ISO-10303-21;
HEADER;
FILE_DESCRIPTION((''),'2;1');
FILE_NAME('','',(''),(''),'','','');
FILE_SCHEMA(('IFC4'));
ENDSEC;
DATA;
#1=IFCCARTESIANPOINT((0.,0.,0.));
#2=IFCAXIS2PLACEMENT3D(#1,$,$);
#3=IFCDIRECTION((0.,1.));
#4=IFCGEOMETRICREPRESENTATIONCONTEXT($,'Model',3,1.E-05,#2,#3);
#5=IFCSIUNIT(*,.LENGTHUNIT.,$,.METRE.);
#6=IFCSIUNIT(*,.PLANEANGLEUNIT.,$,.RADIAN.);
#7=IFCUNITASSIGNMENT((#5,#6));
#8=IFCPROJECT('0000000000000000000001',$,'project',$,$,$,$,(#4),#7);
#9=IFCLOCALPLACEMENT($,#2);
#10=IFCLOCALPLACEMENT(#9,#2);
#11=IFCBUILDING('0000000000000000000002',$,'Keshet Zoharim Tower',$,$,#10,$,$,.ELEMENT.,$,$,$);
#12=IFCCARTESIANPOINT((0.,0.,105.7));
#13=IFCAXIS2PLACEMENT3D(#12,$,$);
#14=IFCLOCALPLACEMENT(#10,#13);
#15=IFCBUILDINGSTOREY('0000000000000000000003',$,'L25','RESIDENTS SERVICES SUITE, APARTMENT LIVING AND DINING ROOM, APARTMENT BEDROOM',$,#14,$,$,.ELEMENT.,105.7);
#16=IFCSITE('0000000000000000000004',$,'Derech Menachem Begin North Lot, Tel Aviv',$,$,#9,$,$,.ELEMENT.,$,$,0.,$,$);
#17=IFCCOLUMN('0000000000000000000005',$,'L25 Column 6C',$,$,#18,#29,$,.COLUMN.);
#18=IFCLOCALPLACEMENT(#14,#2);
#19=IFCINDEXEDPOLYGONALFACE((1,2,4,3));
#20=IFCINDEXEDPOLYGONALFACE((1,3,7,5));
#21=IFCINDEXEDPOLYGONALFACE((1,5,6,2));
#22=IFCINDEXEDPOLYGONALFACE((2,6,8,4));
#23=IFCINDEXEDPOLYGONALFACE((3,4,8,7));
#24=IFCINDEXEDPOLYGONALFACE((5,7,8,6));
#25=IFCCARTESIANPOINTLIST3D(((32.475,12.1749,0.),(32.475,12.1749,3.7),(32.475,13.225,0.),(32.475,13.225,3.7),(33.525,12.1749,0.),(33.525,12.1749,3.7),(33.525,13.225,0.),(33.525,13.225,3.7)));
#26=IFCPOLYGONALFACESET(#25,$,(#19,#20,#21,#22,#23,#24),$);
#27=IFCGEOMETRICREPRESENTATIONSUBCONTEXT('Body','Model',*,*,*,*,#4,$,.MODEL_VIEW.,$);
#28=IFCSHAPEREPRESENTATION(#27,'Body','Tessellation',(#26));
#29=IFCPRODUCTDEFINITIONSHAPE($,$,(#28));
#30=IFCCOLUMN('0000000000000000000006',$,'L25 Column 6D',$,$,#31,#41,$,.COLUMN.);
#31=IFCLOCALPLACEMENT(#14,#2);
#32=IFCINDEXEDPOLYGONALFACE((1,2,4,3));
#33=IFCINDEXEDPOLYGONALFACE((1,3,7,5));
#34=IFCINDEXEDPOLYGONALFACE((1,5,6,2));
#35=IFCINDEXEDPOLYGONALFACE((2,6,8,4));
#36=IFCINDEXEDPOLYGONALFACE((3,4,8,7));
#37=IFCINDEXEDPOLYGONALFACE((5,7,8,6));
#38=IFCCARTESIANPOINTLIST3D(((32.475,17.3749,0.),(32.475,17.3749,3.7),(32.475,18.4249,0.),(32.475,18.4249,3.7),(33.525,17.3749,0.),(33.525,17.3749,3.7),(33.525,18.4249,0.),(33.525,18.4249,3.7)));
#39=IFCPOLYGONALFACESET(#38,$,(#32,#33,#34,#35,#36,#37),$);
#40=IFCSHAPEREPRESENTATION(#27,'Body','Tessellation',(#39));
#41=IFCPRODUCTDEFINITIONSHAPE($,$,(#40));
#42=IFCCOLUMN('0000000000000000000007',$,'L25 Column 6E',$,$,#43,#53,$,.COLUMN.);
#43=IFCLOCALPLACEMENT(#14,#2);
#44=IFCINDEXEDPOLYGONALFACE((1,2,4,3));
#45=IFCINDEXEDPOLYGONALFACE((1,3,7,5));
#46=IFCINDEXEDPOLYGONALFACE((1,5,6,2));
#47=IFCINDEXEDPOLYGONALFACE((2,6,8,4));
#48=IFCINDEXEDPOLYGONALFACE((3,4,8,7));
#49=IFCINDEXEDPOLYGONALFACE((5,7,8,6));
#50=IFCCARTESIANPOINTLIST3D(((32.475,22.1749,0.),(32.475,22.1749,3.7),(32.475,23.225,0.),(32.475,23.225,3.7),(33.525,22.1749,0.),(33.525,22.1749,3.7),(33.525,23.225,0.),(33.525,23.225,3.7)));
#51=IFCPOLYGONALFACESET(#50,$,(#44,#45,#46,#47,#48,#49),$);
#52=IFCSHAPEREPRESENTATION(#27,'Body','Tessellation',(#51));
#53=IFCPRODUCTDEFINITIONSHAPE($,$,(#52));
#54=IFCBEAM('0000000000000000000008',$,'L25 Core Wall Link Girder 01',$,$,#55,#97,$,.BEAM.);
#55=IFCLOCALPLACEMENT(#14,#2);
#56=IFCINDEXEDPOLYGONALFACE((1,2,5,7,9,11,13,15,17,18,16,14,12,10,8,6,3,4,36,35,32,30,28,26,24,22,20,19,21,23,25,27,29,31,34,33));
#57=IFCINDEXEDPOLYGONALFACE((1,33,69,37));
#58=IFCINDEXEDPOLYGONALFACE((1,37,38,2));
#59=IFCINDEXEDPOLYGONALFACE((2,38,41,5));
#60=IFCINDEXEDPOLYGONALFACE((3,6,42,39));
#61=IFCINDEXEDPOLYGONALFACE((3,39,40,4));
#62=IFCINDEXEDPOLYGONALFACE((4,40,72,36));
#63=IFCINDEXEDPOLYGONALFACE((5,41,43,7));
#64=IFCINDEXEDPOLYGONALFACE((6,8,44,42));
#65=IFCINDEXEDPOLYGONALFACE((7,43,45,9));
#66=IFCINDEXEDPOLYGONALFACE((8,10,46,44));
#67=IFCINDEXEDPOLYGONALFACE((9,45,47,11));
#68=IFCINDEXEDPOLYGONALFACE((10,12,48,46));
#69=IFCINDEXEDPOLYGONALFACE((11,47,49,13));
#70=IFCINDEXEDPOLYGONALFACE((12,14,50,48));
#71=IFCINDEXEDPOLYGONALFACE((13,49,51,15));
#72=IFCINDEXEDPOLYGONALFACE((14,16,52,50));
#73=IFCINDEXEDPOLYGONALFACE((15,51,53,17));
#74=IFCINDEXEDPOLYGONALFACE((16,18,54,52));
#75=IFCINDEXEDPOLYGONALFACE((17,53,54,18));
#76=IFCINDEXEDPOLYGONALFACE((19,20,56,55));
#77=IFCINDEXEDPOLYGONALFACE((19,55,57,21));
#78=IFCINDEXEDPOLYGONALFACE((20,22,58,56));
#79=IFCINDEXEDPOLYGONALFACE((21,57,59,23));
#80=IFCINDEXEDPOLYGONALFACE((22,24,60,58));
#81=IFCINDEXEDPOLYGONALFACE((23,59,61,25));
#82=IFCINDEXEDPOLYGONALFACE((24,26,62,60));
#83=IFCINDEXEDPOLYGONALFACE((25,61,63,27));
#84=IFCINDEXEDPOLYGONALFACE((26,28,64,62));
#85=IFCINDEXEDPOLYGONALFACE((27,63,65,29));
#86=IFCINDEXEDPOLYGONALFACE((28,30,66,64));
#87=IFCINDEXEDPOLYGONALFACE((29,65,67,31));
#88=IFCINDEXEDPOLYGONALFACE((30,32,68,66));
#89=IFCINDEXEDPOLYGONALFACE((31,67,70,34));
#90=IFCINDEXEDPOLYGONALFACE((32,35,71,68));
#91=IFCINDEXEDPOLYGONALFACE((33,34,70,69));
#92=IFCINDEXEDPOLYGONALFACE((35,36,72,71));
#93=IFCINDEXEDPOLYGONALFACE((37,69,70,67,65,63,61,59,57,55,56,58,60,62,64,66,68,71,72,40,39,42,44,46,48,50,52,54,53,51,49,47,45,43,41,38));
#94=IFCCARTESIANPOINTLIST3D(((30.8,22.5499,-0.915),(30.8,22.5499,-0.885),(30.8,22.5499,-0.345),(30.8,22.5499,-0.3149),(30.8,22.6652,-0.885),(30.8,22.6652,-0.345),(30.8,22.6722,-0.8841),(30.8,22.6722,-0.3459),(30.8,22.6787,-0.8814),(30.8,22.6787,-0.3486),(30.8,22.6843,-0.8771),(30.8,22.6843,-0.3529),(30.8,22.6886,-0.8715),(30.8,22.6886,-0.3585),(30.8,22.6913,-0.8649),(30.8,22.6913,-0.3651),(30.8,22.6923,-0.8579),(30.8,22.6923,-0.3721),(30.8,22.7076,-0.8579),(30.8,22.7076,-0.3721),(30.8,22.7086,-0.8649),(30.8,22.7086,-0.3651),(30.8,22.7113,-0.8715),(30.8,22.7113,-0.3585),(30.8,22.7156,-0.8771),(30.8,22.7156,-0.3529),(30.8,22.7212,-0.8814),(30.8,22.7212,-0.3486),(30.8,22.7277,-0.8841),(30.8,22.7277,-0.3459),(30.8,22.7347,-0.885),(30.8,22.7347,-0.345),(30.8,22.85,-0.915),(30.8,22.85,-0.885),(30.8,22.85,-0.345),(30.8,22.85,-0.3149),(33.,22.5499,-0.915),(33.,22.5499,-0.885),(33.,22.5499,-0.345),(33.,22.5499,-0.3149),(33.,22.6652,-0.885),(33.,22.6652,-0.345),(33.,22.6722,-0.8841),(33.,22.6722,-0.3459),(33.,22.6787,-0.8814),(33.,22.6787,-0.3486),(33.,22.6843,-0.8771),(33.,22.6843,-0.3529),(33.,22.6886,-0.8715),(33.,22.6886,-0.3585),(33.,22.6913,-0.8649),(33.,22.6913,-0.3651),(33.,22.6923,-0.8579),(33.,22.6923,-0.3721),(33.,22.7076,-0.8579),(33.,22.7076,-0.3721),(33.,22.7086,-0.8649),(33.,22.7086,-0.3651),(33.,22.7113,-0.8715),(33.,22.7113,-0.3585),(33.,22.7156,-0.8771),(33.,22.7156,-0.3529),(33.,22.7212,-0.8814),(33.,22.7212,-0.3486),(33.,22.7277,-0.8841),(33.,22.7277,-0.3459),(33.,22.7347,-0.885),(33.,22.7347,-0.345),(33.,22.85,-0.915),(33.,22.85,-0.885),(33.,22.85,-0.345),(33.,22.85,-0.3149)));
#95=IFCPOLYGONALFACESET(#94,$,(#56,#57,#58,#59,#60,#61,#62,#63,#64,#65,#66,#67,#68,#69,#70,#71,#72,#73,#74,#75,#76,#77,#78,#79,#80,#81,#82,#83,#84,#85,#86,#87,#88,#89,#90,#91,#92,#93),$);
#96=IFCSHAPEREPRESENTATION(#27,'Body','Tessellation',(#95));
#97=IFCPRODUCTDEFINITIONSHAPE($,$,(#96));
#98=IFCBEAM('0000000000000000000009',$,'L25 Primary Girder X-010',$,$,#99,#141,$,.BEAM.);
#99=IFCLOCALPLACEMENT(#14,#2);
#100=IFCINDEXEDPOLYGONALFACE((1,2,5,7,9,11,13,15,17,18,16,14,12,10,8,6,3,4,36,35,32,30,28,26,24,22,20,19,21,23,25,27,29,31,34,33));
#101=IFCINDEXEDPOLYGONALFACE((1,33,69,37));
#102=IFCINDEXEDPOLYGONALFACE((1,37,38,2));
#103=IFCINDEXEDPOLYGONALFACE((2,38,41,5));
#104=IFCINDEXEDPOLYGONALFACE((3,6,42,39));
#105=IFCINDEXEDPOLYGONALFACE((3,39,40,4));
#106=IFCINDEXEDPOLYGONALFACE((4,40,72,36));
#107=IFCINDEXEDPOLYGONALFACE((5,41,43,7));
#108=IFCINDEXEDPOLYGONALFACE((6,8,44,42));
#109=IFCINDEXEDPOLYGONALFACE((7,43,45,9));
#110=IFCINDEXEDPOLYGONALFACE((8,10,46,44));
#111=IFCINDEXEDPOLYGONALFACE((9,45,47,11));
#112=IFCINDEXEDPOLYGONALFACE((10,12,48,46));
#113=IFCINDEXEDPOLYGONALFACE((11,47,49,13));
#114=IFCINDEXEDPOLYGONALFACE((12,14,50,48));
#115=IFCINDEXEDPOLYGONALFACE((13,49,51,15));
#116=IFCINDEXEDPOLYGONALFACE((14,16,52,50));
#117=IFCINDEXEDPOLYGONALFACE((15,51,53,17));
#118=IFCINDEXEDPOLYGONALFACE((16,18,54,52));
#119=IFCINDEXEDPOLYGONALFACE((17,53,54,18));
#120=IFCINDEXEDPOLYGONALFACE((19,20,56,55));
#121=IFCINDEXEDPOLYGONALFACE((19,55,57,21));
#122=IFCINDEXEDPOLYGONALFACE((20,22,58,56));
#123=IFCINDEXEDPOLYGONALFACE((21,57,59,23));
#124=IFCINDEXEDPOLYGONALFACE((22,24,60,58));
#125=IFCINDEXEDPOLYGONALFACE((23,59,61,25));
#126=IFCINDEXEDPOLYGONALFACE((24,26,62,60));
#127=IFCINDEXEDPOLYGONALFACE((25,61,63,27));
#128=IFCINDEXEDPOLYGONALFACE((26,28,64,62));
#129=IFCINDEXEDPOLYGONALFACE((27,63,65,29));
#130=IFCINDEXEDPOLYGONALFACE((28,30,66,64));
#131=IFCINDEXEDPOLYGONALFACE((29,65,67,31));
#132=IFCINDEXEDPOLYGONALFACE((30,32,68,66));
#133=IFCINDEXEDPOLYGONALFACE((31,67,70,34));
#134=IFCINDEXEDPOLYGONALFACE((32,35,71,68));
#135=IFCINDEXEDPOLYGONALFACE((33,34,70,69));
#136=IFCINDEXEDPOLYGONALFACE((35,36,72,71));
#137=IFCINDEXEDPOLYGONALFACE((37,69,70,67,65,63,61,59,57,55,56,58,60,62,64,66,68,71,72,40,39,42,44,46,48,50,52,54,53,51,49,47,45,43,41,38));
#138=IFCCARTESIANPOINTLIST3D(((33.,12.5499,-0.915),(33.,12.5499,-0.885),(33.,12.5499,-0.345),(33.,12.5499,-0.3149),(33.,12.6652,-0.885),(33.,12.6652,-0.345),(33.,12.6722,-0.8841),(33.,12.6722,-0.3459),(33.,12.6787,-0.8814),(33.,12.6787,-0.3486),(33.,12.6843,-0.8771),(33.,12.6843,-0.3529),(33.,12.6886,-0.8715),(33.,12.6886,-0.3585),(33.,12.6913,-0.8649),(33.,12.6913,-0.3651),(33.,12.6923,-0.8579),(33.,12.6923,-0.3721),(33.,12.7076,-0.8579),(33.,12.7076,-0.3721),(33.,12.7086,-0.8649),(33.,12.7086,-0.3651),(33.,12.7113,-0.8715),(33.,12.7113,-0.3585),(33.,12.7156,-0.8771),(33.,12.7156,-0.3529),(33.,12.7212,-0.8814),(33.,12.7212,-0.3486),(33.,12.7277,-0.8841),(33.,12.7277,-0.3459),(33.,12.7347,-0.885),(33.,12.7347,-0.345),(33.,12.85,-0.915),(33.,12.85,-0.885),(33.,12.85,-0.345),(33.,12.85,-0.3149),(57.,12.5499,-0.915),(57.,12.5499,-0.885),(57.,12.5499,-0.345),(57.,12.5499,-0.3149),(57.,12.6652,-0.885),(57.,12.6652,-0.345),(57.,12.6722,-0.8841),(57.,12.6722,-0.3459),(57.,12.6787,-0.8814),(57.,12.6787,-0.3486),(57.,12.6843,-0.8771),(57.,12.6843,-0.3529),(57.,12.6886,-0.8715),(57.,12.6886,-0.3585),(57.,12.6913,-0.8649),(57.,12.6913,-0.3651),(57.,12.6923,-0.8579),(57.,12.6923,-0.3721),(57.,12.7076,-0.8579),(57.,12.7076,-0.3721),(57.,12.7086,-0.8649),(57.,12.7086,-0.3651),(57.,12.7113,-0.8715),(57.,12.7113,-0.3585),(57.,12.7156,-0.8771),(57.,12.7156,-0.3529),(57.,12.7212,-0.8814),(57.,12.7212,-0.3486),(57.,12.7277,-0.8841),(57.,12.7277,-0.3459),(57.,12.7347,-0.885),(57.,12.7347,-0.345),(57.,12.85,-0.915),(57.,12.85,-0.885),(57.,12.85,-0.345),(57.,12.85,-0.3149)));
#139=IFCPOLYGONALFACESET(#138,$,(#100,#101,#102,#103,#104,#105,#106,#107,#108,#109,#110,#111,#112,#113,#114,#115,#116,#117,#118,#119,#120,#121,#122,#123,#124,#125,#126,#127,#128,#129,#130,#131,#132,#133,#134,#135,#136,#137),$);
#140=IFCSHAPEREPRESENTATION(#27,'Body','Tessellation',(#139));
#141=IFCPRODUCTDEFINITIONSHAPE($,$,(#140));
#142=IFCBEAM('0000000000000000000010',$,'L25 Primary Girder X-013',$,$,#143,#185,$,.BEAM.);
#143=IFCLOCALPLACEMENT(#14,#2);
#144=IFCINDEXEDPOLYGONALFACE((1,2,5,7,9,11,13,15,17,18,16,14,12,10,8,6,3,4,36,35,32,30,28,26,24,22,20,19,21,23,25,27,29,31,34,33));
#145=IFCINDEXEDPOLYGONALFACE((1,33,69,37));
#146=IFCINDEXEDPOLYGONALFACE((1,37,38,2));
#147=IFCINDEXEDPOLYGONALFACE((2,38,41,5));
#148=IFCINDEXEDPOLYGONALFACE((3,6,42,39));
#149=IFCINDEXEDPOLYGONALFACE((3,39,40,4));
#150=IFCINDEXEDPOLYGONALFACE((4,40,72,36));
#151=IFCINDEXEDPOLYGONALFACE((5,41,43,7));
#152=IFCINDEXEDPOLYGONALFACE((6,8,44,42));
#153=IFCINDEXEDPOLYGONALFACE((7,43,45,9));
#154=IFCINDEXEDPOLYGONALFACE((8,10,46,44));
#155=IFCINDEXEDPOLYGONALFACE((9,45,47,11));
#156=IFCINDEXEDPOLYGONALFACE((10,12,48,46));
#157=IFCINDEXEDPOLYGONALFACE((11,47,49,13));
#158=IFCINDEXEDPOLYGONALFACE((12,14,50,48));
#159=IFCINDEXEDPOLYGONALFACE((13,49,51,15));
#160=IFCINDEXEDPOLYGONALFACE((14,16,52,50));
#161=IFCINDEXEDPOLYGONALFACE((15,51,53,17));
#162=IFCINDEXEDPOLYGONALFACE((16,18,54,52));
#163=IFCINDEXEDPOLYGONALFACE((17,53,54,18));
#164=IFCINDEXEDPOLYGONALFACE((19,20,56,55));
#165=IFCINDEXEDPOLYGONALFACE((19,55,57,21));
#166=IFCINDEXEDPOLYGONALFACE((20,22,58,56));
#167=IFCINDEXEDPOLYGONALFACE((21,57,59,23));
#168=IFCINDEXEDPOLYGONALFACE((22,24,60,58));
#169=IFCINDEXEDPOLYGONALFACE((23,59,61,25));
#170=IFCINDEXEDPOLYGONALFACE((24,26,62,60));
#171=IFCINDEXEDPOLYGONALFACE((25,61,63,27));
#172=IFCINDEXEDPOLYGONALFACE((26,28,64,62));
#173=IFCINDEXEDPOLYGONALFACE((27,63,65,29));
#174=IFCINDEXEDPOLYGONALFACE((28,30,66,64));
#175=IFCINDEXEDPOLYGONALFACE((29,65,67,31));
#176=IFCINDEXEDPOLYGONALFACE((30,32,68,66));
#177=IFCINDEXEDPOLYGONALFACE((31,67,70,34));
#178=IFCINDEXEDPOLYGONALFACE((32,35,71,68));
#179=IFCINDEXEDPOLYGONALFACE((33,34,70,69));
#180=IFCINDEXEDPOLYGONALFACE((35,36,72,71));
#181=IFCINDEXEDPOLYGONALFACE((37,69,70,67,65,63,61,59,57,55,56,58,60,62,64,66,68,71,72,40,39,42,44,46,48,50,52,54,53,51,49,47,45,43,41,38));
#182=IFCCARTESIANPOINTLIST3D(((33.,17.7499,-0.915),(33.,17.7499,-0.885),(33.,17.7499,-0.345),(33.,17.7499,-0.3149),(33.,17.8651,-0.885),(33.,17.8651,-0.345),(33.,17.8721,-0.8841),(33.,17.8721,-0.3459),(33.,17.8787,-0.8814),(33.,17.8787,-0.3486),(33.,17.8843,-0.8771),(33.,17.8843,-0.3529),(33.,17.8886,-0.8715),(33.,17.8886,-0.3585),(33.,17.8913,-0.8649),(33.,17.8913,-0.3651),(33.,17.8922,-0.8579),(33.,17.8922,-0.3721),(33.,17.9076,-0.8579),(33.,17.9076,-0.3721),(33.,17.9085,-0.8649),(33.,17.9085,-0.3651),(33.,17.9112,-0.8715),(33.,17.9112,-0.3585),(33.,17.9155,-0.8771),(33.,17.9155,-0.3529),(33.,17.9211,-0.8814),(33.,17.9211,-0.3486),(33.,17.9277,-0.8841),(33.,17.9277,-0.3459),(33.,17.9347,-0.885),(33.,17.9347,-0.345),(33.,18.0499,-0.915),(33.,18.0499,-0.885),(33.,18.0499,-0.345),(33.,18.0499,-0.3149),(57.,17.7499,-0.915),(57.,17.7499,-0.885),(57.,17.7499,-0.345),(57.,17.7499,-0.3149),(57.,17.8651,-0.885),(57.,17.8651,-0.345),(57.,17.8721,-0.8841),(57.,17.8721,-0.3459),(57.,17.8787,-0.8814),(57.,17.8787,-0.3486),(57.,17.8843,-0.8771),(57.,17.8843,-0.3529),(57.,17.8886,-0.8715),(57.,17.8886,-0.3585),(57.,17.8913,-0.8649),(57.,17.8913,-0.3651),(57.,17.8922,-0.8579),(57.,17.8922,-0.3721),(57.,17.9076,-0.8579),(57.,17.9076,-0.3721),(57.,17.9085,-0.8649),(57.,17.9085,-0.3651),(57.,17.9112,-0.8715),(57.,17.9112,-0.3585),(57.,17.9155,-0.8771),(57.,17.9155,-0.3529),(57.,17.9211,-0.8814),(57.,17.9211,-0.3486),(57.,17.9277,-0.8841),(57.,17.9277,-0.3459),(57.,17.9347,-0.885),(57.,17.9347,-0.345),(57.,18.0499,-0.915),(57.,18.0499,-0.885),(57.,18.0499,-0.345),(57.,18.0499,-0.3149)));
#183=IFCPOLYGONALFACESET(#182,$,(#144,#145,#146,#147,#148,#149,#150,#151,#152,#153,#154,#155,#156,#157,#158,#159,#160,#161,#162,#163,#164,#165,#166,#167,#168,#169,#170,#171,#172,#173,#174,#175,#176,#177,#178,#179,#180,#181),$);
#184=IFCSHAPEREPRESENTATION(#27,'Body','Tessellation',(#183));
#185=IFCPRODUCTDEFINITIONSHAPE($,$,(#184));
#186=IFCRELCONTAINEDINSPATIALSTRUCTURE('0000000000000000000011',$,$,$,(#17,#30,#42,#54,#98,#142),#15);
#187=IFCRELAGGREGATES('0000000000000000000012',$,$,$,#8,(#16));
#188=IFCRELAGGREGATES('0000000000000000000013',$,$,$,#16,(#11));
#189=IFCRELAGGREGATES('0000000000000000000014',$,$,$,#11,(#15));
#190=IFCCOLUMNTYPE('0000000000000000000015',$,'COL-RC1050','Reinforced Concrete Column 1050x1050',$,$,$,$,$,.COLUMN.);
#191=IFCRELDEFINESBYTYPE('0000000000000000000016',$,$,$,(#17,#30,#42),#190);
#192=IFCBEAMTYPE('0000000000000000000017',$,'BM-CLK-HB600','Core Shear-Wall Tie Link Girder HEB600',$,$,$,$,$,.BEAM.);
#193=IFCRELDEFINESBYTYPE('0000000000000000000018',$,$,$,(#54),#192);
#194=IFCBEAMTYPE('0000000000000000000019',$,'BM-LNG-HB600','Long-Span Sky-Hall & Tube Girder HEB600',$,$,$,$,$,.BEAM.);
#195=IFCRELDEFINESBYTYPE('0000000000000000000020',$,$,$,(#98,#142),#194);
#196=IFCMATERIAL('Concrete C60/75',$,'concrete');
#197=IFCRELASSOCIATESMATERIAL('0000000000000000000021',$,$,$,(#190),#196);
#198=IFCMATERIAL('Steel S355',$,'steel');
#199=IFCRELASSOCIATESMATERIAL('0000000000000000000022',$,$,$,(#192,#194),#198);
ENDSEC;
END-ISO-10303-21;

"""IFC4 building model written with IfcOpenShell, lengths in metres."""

from ifc_helpers import new_model, si_unit, direction, frame, origin, origin_2d, place, context, subcontext, project, spatial, rectangle, i_section, extrude, material, material_profile, profile_set, type_object, element, save


model = new_model("IFC4")

# Units and contexts
model_context = context("Model", 3, precision=1e-05, world=origin(), true_north=direction((0.0, 1.0)))
body_context = subcontext(model_context, "Body", "Model", "MODEL_VIEW")
ifc_project = project(units=[si_unit("LENGTHUNIT", "METRE"), si_unit("PLANEANGLEUNIT", "RADIAN")], contexts=[model_context])

# Site, building, storey
site_placement = place(None, origin())
site = spatial("IfcSite", under=ifc_project, at=site_placement, Name="Derech Menachem Begin North Lot, Tel Aviv", CompositionType="ELEMENT", RefElevation=0.0)
building_placement = place(site_placement, origin())
building = spatial("IfcBuilding", under=site, at=building_placement, Name="Keshet Zoharim Tower", CompositionType="ELEMENT")
storey_placement = place(building_placement, frame((0.0, 0.0, 105.7)))
storey = spatial("IfcBuildingStorey", under=building, at=storey_placement, Name="L25", Description="RESIDENTS SERVICES SUITE, APARTMENT LIVING AND DINING ROOM, APARTMENT BEDROOM", CompositionType="ELEMENT", Elevation=105.7)

# Columns
ifc_material_1 = material(Name="Concrete C60/75", Category="concrete")
ifc_material_profile_1 = material_profile(ifc_material_1, rectangle(XDim=1.05, YDim=1.05, at=origin_2d()), Name="RC1050x1050")
ifc_profile_set_1 = profile_set([ifc_material_profile_1], Name="Concrete C60/75")
column_type = type_object("IfcColumnType", Name="COL-RC1050", Description="Reinforced Concrete Column 1050x1050", PredefinedType="COLUMN", material=ifc_profile_set_1)
for number, where, z_axis, x_axis, name in (
    (1, (33.0, 12.7, 0.0), (0.0, 0.0, 1.0), (1.0, 0.0, 0.0), "L25 Column 6C"),
    (2, (33.0, 17.8999, 0.0), (0.0, 0.0, 1.0), (1.0, 0.0, 0.0), "L25 Column 6D"),
    (3, (33.0, 22.7, 0.0), (0.0, 0.0, 1.0), (1.0, 0.0, 0.0), "L25 Column 6E"),
):
    element("IfcColumn", number, at=place(storey_placement, frame(where, z_axis=z_axis, x_axis=x_axis)), inside=storey, type_object=column_type, Name=name, PredefinedType="COLUMN", context=body_context, shape_type="SweptSolid", body=[
        extrude(rectangle(XDim=1.05, YDim=1.05, at=origin_2d()), origin(), (0.0, 0.0, 1.0), 3.7),
    ])

# Beams
ifc_material_2 = material(Name="Steel S355", Category="steel")
ifc_material_profile_2 = material_profile(ifc_material_2, i_section(OverallWidth=0.3, OverallDepth=0.6001, WebThickness=0.0154, FlangeThickness=0.03, FilletRadius=0.0271, at=origin_2d()), Name="HEB600")
ifc_profile_set_2 = profile_set([ifc_material_profile_2], Name="Steel S355")
beam_type_1 = type_object("IfcBeamType", Name="BM-CLK-HB600", Description="Core Shear-Wall Tie Link Girder HEB600", PredefinedType="BEAM", material=ifc_profile_set_2)
beam_1_placement = place(storey_placement, frame((30.8, 22.7, -0.615), z_axis=(1.0, 0.0, 0.0), x_axis=(0.0, 1.0, 0.0)))
element("IfcBeam", 4, at=beam_1_placement, inside=storey, type_object=beam_type_1, Name="L25 Core Wall Link Girder 01", PredefinedType="BEAM", context=body_context, shape_type="SweptSolid", body=[
    extrude(i_section(OverallWidth=0.3, OverallDepth=0.6001, WebThickness=0.0154, FlangeThickness=0.03, FilletRadius=0.0271, at=origin_2d()), origin(), (0.0, 0.0, 1.0), 2.2),
])
ifc_material_profile_3 = material_profile(ifc_material_2, i_section(OverallWidth=0.3, OverallDepth=0.6001, WebThickness=0.0154, FlangeThickness=0.03, FilletRadius=0.0271, at=origin_2d()), Name="HEB600")
ifc_profile_set_3 = profile_set([ifc_material_profile_3], Name="Steel S355")
beam_type_2 = type_object("IfcBeamType", Name="BM-LNG-HB600", Description="Long-Span Sky-Hall & Tube Girder HEB600", PredefinedType="BEAM", material=ifc_profile_set_3)
for number, where, z_axis, x_axis, name in (
    (5, (33.0, 12.7, -0.615), (1.0, 0.0, 0.0), (0.0, 1.0, 0.0), "L25 Primary Girder X-010"),
    (6, (33.0, 17.8999, -0.615), (1.0, 0.0, 0.0), (0.0, 1.0, 0.0), "L25 Primary Girder X-013"),
):
    element("IfcBeam", number, at=place(storey_placement, frame(where, z_axis=z_axis, x_axis=x_axis)), inside=storey, type_object=beam_type_2, Name=name, PredefinedType="BEAM", context=body_context, shape_type="SweptSolid", body=[
        extrude(i_section(OverallWidth=0.3, OverallDepth=0.6001, WebThickness=0.0154, FlangeThickness=0.03, FilletRadius=0.0271, at=origin_2d()), origin(), (0.0, 0.0, 1.0), 24.0),
    ])

save(model, "model.ifc")
